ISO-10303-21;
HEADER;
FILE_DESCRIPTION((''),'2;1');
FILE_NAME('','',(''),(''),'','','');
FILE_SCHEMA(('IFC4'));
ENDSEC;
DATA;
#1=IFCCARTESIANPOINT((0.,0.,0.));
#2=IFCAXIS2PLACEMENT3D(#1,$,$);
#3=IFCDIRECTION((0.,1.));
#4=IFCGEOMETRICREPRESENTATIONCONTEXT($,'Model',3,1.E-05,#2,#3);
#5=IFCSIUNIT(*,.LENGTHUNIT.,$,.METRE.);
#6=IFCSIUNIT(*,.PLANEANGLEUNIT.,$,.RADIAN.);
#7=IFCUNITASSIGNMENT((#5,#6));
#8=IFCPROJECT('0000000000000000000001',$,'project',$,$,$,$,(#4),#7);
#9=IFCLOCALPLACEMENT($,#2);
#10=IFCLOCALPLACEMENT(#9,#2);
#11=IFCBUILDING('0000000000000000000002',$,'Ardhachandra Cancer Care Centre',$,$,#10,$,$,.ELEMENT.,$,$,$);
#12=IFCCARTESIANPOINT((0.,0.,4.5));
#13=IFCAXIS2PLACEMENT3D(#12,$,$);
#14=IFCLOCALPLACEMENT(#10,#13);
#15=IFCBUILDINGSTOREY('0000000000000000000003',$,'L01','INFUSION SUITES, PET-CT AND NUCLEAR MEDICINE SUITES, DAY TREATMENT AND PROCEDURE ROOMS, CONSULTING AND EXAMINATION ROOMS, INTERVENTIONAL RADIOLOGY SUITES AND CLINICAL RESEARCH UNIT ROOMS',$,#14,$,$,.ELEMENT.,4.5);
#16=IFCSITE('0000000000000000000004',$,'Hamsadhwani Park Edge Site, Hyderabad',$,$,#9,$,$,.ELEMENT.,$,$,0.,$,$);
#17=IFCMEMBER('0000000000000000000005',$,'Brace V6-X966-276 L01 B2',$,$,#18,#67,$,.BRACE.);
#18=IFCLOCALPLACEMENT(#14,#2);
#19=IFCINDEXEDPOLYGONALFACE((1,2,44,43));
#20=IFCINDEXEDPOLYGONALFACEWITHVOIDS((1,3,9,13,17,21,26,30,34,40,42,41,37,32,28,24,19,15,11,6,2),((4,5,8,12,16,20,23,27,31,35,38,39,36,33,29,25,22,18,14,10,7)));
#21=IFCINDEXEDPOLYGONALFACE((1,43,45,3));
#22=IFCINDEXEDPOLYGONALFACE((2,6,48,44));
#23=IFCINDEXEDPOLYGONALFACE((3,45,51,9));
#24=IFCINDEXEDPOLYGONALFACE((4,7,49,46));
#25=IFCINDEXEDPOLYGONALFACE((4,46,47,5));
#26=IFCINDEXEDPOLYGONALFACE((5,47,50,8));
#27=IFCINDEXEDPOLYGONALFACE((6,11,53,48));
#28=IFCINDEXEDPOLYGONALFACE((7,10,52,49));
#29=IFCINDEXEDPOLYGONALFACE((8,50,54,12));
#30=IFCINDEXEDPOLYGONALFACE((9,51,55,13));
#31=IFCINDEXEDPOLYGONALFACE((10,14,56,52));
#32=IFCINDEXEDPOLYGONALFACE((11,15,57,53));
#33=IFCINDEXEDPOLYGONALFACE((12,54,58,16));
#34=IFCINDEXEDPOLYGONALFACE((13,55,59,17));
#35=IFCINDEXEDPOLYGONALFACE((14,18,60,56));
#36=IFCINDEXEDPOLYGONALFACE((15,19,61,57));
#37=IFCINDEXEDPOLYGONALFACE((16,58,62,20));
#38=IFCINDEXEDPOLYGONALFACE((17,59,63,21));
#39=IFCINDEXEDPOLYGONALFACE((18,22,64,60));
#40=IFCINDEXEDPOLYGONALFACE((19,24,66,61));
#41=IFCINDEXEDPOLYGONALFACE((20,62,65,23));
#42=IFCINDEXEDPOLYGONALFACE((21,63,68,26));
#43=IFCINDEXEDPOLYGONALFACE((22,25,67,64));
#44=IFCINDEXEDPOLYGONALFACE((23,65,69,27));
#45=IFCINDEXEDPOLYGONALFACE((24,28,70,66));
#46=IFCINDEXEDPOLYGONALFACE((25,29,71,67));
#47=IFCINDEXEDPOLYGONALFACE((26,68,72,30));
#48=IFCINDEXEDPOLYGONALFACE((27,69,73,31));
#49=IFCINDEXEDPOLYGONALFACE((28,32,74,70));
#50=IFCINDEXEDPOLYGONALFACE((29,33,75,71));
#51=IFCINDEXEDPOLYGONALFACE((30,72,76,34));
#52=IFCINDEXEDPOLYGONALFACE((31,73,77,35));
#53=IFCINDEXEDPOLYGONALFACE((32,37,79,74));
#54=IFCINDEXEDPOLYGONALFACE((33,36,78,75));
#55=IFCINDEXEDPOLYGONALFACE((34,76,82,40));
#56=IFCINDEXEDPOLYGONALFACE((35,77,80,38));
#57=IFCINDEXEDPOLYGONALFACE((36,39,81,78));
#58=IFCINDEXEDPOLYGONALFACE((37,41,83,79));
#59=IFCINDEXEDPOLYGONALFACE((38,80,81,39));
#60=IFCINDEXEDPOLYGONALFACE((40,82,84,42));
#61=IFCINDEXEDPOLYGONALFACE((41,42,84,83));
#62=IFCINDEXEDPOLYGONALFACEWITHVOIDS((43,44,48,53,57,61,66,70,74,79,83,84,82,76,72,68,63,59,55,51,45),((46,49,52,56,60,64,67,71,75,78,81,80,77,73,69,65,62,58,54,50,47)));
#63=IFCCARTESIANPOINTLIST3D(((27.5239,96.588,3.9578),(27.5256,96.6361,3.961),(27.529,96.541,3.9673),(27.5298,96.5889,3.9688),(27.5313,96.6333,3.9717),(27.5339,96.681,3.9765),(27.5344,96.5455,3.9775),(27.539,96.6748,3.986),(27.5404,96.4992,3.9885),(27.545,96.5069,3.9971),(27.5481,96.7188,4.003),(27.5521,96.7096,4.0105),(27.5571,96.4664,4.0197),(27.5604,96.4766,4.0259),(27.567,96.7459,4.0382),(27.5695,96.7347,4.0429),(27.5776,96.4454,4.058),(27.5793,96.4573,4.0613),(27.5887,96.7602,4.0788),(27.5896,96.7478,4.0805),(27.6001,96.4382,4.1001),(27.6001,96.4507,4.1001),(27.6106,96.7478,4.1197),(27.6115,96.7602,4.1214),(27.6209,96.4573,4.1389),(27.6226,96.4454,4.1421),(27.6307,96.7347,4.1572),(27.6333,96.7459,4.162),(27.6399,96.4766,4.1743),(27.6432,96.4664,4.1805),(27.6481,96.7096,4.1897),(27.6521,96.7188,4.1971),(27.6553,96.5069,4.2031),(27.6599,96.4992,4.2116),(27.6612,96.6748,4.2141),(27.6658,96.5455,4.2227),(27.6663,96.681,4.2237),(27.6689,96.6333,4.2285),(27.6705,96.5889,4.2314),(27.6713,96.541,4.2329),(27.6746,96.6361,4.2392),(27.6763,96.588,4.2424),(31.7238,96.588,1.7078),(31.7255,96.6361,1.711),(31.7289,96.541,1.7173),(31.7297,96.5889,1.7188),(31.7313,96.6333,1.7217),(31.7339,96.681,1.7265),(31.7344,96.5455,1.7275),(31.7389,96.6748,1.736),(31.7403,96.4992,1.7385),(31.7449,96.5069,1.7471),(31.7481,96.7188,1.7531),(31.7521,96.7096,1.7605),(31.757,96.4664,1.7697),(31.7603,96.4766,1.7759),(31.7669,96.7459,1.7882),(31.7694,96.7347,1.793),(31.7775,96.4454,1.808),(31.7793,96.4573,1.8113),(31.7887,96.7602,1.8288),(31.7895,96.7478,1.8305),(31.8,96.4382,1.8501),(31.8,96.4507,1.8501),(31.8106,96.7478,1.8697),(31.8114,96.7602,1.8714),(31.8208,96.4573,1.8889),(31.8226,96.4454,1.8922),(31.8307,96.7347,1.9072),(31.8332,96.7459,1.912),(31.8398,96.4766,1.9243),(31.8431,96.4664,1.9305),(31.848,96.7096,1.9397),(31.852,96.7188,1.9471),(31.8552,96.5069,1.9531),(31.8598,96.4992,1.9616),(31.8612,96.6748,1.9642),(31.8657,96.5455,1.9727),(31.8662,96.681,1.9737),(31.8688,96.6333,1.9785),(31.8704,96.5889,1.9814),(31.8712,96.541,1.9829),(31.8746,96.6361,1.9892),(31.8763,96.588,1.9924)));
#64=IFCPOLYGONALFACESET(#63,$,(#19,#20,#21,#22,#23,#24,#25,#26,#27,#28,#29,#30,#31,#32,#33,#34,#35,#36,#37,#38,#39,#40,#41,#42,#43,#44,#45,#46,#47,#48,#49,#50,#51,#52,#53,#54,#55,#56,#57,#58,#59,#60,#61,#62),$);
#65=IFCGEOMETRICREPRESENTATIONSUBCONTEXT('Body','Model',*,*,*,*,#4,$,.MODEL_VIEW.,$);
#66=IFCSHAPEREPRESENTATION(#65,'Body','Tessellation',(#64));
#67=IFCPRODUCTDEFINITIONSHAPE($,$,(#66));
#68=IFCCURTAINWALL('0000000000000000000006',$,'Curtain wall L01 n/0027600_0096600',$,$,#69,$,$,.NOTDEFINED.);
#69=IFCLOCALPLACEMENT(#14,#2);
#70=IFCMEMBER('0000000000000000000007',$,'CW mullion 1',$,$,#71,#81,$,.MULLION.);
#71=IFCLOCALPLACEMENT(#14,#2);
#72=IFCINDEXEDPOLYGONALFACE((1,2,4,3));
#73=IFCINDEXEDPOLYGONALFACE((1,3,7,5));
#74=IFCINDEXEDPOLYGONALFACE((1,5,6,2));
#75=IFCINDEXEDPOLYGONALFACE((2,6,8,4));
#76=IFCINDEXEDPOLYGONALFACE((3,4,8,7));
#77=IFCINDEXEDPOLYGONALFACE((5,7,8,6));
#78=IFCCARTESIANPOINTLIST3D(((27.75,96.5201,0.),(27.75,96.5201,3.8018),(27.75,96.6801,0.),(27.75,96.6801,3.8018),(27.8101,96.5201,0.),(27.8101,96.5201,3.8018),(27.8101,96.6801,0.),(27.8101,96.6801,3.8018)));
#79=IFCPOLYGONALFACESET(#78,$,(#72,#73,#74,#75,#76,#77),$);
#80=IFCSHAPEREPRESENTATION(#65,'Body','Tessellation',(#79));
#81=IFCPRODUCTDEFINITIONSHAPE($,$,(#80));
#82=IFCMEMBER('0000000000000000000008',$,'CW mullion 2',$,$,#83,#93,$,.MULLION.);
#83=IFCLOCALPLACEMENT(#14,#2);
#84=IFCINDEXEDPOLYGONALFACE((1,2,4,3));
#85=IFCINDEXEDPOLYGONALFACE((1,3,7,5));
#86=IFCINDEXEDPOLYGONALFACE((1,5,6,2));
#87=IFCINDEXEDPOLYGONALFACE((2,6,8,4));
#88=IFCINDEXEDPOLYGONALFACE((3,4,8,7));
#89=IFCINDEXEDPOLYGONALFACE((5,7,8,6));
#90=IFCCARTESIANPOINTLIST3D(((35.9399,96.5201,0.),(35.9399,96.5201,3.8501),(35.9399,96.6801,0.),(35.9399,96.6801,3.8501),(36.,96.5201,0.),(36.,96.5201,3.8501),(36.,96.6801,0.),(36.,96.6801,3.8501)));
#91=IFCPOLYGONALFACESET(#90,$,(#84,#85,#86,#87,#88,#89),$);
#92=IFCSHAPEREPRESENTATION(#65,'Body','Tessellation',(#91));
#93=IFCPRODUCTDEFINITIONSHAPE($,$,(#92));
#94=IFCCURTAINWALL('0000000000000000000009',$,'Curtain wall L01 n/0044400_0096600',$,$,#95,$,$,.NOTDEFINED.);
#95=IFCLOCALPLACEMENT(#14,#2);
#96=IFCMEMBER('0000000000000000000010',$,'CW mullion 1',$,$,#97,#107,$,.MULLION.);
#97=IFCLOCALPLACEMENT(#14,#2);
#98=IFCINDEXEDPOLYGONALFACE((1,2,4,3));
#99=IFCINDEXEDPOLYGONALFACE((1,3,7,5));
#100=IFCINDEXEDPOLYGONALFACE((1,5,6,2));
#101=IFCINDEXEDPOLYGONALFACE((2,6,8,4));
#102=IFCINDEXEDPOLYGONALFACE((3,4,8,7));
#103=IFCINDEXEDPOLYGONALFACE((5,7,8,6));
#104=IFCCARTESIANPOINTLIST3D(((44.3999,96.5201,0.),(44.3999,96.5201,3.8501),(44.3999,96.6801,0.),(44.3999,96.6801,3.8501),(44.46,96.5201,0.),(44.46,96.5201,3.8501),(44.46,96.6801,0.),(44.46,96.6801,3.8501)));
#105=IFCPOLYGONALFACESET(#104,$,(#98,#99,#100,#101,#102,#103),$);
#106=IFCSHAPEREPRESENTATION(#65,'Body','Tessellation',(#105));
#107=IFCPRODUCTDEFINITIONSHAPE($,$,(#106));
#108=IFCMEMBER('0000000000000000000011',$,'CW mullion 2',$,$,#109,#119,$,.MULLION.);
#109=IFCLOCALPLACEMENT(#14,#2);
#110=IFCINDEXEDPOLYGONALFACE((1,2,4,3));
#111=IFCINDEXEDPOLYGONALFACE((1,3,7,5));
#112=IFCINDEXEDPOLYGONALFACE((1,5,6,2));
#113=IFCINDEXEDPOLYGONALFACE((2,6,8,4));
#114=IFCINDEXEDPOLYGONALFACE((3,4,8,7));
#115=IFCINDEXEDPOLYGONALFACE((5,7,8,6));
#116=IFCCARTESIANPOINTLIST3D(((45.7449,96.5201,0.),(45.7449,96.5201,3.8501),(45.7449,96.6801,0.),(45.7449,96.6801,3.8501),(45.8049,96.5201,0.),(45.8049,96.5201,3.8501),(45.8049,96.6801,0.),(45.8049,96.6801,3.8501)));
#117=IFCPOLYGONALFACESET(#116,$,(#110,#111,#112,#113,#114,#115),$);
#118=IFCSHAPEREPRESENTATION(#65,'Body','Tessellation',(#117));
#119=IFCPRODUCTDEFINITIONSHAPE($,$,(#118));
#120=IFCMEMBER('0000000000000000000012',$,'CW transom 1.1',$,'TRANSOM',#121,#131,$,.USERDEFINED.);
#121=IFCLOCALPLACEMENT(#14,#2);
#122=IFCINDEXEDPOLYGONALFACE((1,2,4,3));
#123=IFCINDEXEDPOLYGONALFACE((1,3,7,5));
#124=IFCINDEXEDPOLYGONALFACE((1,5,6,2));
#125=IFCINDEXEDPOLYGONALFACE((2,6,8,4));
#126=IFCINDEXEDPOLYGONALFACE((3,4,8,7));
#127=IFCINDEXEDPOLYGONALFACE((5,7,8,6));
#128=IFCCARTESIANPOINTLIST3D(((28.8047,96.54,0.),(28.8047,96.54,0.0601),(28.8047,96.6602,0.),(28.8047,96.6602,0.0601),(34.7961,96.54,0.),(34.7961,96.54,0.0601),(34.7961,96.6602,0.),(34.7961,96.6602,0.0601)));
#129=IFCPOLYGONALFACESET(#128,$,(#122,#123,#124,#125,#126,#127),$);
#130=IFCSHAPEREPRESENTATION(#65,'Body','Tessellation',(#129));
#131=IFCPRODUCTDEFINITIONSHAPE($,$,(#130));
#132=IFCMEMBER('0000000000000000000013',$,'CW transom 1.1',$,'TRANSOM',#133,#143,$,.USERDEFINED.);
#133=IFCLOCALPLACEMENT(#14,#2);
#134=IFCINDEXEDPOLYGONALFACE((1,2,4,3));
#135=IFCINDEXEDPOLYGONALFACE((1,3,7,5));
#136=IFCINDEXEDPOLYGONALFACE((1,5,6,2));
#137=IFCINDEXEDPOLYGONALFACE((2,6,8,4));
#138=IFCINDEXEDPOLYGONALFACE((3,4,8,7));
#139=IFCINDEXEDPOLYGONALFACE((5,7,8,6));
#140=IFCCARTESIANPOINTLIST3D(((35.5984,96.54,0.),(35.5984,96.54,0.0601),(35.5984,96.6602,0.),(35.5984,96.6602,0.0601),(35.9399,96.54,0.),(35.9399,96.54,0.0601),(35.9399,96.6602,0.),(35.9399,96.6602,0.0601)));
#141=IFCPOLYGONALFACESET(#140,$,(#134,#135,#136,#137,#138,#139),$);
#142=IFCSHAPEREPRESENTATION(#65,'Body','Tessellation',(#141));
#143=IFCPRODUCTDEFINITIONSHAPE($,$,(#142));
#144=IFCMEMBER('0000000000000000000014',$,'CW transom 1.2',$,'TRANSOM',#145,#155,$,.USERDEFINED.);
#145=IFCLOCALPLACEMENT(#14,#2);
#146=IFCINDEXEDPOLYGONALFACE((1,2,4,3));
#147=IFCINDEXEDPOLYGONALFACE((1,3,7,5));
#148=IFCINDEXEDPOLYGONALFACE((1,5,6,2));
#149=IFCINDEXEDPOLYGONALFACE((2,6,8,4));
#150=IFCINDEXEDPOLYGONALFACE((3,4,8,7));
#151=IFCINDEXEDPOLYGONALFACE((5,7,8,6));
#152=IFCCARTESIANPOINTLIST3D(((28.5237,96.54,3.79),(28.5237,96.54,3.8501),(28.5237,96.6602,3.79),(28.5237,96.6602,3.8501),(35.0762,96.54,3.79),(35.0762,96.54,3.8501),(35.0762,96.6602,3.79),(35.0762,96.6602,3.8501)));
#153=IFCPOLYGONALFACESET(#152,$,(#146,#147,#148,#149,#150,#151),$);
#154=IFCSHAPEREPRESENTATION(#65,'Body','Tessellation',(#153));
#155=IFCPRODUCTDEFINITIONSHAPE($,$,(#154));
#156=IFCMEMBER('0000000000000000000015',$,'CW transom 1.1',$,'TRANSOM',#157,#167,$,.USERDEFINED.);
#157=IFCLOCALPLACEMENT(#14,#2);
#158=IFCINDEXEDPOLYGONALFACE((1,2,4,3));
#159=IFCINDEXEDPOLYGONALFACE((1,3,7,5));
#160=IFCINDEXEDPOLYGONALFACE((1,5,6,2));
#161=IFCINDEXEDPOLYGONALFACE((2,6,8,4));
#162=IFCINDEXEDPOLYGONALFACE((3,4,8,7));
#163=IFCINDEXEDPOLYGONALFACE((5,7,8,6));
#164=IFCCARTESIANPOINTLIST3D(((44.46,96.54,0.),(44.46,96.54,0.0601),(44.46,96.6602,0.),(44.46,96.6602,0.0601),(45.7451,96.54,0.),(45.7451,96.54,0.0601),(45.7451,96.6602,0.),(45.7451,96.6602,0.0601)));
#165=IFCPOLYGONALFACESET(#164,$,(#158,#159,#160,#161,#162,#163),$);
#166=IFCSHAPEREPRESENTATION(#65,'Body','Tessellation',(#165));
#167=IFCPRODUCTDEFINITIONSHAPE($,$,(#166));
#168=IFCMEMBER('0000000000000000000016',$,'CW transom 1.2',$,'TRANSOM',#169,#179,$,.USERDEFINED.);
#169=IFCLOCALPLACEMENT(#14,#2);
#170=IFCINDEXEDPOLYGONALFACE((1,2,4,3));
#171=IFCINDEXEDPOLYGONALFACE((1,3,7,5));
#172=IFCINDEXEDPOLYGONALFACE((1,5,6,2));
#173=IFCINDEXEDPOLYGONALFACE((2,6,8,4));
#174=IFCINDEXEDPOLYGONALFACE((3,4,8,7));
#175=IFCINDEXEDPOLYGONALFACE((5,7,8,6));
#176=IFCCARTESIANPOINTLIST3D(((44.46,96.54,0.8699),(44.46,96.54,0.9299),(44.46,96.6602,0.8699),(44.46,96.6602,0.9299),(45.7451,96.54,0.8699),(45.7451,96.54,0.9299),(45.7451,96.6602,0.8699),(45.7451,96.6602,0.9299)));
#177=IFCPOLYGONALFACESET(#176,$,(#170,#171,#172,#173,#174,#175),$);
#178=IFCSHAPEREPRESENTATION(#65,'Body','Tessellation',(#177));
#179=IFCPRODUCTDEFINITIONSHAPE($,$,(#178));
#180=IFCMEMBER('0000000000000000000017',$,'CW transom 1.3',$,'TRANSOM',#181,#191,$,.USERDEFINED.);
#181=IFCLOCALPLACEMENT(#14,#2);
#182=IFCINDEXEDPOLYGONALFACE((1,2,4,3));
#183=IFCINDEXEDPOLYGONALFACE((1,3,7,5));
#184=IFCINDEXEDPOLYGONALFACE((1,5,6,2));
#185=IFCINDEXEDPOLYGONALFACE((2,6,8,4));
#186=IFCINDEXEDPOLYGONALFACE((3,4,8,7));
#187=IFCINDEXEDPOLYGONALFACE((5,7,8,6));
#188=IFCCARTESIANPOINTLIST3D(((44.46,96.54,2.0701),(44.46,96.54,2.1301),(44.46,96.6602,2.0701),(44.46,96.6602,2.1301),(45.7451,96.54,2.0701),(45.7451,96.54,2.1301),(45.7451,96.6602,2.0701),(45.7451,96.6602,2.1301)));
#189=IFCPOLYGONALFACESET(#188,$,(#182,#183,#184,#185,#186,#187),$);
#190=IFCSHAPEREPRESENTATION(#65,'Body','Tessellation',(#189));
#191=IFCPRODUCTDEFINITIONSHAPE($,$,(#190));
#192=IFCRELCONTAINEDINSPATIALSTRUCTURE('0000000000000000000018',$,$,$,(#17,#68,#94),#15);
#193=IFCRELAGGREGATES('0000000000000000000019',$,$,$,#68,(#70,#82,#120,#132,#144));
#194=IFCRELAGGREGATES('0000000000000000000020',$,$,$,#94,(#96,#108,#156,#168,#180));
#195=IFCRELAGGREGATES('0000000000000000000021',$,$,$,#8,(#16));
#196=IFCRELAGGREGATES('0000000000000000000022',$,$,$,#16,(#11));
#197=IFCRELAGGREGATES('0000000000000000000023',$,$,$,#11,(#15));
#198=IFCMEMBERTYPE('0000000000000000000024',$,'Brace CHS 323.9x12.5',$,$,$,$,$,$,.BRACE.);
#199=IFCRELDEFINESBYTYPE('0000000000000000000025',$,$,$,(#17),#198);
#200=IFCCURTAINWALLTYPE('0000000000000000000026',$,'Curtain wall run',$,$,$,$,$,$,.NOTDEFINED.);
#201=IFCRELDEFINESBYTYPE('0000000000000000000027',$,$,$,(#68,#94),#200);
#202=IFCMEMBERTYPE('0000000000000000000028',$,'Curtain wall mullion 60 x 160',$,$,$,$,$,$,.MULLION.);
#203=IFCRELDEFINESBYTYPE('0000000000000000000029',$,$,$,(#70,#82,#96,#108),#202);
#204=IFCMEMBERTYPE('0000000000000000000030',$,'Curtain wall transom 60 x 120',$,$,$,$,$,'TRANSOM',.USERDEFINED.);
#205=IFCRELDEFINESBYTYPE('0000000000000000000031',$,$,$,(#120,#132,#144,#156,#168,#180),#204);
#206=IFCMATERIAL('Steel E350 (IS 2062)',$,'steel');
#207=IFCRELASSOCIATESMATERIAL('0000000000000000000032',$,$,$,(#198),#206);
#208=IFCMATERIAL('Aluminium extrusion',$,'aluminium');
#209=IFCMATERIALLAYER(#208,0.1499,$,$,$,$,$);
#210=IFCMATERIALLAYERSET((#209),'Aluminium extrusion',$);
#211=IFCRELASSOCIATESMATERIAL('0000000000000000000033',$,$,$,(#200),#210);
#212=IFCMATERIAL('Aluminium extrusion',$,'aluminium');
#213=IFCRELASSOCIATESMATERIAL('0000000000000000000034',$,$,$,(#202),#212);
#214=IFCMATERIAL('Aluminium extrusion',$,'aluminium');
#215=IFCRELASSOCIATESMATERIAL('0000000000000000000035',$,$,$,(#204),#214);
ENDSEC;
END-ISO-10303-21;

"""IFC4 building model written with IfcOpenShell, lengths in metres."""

from ifc_helpers import new_model, si_unit, direction, frame, origin, origin_2d, place, context, subcontext, project, spatial, rectangle, hollow_circle, extrude, material, layer, layer_set, material_profile, profile_set, type_object, element, aggregate, save


model = new_model("IFC4")

# Units and contexts
model_context = context("Model", 3, precision=1e-05, world=origin(), true_north=direction((0.0, 1.0)))
body_context = subcontext(model_context, "Body", "Model", "MODEL_VIEW")
ifc_project = project(units=[si_unit("LENGTHUNIT", "METRE"), si_unit("PLANEANGLEUNIT", "RADIAN")], contexts=[model_context])

# Site, building, storey
site_placement = place(None, origin())
site = spatial("IfcSite", under=ifc_project, at=site_placement, Name="Hamsadhwani Park Edge Site, Hyderabad", CompositionType="ELEMENT", RefElevation=0.0)
building_placement = place(site_placement, origin())
building = spatial("IfcBuilding", under=site, at=building_placement, Name="Ardhachandra Cancer Care Centre", CompositionType="ELEMENT")
storey_placement = place(building_placement, frame((0.0, 0.0, 4.5)))
storey = spatial("IfcBuildingStorey", under=building, at=storey_placement, Name="L01", Description="INFUSION SUITES, PET-CT AND NUCLEAR MEDICINE SUITES, DAY TREATMENT AND PROCEDURE ROOMS, CONSULTING AND EXAMINATION ROOMS, INTERVENTIONAL RADIOLOGY SUITES AND CLINICAL RESEARCH UNIT ROOMS", CompositionType="ELEMENT", Elevation=4.5)

# Member
ifc_material_1 = material(Name="Steel E350 (IS 2062)", Category="steel")
ifc_material_profile_1 = material_profile(ifc_material_1, hollow_circle(Radius=0.1619, WallThickness=0.0125, at=origin_2d()), Name="CHS 323.9x12.5")
ifc_profile_set_1 = profile_set([ifc_material_profile_1], Name="Steel E350 (IS 2062)")
member_type_1 = type_object("IfcMemberType", Name="Brace CHS 323.9x12.5", PredefinedType="BRACE", material=ifc_profile_set_1)
for number, where, z_axis, x_axis, name in (
    (1, (31.8, 96.6001, 1.8501), (-0.881478, 0.0, 0.472226), (0.0, -1.0, 0.0), "Brace V6-X966-276 L01 B2"),
):
    element("IfcMember", number, at=place(storey_placement, frame(where, z_axis=z_axis, x_axis=x_axis)), inside=storey, type_object=member_type_1, Name=name, PredefinedType="BRACE", context=body_context, shape_type="SweptSolid", body=[
        extrude(hollow_circle(Radius=0.1619, WallThickness=0.0125, at=origin_2d()), origin(), (0.0, 0.0, 1.0), 4.7646),
    ])

# Curtain walls, members
ifc_material_2 = material(Name="Aluminium extrusion", Category="aluminium")
ifc_layer_1 = layer(ifc_material_2, 0.1499)
ifc_layer_set_1 = layer_set([ifc_layer_1], Name="Aluminium extrusion")
curtain_wall_type = type_object("IfcCurtainWallType", Name="Curtain wall run", PredefinedType="NOTDEFINED", material=ifc_layer_set_1)
curtain_wall_1_placement = place(storey_placement, origin())
curtain_wall_1 = element("IfcCurtainWall", 2, at=curtain_wall_1_placement, inside=storey, type_object=curtain_wall_type, Name="Curtain wall L01 n/0027600_0096600", PredefinedType="NOTDEFINED")
ifc_material_3 = material(Name="Aluminium extrusion", Category="aluminium")
ifc_material_profile_2 = material_profile(ifc_material_3, rectangle(XDim=0.1599, YDim=0.0601, at=origin_2d()), Name="Curtain wall mullion 60 x 160")
ifc_profile_set_2 = profile_set([ifc_material_profile_2], Name="Aluminium extrusion")
member_type_2 = type_object("IfcMemberType", Name="Curtain wall mullion 60 x 160", PredefinedType="MULLION", material=ifc_profile_set_2)
member_1_placement = place(storey_placement, frame((27.78, 96.6001, 0.0), z_axis=(0.0, 0.0, 1.0), x_axis=(0.0, 1.0, 0.0)))
member_1 = element("IfcMember", 3, at=member_1_placement, type_object=member_type_2, Name="CW mullion 1", PredefinedType="MULLION", context=body_context, shape_type="SweptSolid", body=[
    extrude(rectangle(XDim=0.1599, YDim=0.0601, at=origin_2d()), origin(), (0.0, 0.0, 1.0), 3.8018),
])
member_2_placement = place(storey_placement, frame((35.97, 96.6001, 0.0), z_axis=(0.0, 0.0, 1.0), x_axis=(0.0, 1.0, 0.0)))
member_2 = element("IfcMember", 4, at=member_2_placement, type_object=member_type_2, Name="CW mullion 2", PredefinedType="MULLION", context=body_context, shape_type="SweptSolid", body=[
    extrude(rectangle(XDim=0.1599, YDim=0.0601, at=origin_2d()), origin(), (0.0, 0.0, 1.0), 3.8501),
])
curtain_wall_2_placement = place(storey_placement, origin())
curtain_wall_2 = element("IfcCurtainWall", 5, at=curtain_wall_2_placement, inside=storey, type_object=curtain_wall_type, Name="Curtain wall L01 n/0044400_0096600", PredefinedType="NOTDEFINED")
member_3_placement = place(storey_placement, frame((44.4299, 96.6001, 0.0), z_axis=(0.0, 0.0, 1.0), x_axis=(0.0, 1.0, 0.0)))
member_3 = element("IfcMember", 6, at=member_3_placement, type_object=member_type_2, Name="CW mullion 1", PredefinedType="MULLION", context=body_context, shape_type="SweptSolid", body=[
    extrude(rectangle(XDim=0.1599, YDim=0.0601, at=origin_2d()), origin(), (0.0, 0.0, 1.0), 3.8501),
])
member_4_placement = place(storey_placement, frame((45.7749, 96.6001, 0.0), z_axis=(0.0, 0.0, 1.0), x_axis=(0.0, 1.0, 0.0)))
member_4 = element("IfcMember", 7, at=member_4_placement, type_object=member_type_2, Name="CW mullion 2", PredefinedType="MULLION", context=body_context, shape_type="SweptSolid", body=[
    extrude(rectangle(XDim=0.1599, YDim=0.0601, at=origin_2d()), origin(), (0.0, 0.0, 1.0), 3.8501),
])

# Members
ifc_material_4 = material(Name="Aluminium extrusion", Category="aluminium")
ifc_material_profile_3 = material_profile(ifc_material_4, rectangle(XDim=0.1201, YDim=0.0601, at=origin_2d()), Name="Curtain wall transom 60 x 120")
ifc_profile_set_3 = profile_set([ifc_material_profile_3], Name="Aluminium extrusion")
member_type_3 = type_object("IfcMemberType", Name="Curtain wall transom 60 x 120", ElementType="TRANSOM", PredefinedType="USERDEFINED", material=ifc_profile_set_3)
member_5_placement = place(storey_placement, frame((28.8047, 96.6001, 0.03), z_axis=(1.0, 0.0, 0.0), x_axis=(0.0, 1.0, 0.0)))
member_5 = element("IfcMember", 8, at=member_5_placement, type_object=member_type_3, Name="CW transom 1.1", ObjectType="TRANSOM", PredefinedType="USERDEFINED", context=body_context, shape_type="SweptSolid", body=[
    extrude(rectangle(XDim=0.1201, YDim=0.0601, at=origin_2d()), origin(), (0.0, 0.0, 1.0), 5.9915),
])
member_6_placement = place(storey_placement, frame((35.5984, 96.6001, 0.03), z_axis=(1.0, 0.0, 0.0), x_axis=(0.0, 1.0, 0.0)))
member_6 = element("IfcMember", 9, at=member_6_placement, type_object=member_type_3, Name="CW transom 1.1", ObjectType="TRANSOM", PredefinedType="USERDEFINED", context=body_context, shape_type="SweptSolid", body=[
    extrude(rectangle(XDim=0.1201, YDim=0.0601, at=origin_2d()), origin(), (0.0, 0.0, 1.0), 0.3416),
])
member_7_placement = place(storey_placement, frame((28.5237, 96.6001, 3.8201), z_axis=(1.0, 0.0, 0.0), x_axis=(0.0, 1.0, 0.0)))
member_7 = element("IfcMember", 10, at=member_7_placement, type_object=member_type_3, Name="CW transom 1.2", ObjectType="TRANSOM", PredefinedType="USERDEFINED", context=body_context, shape_type="SweptSolid", body=[
    extrude(rectangle(XDim=0.1201, YDim=0.0601, at=origin_2d()), origin(), (0.0, 0.0, 1.0), 6.5525),
])
member_8_placement = place(storey_placement, frame((44.46, 96.6001, 0.03), z_axis=(1.0, 0.0, 0.0), x_axis=(0.0, 1.0, 0.0)))
member_8 = element("IfcMember", 11, at=member_8_placement, type_object=member_type_3, Name="CW transom 1.1", ObjectType="TRANSOM", PredefinedType="USERDEFINED", context=body_context, shape_type="SweptSolid", body=[
    extrude(rectangle(XDim=0.1201, YDim=0.0601, at=origin_2d()), origin(), (0.0, 0.0, 1.0), 1.2852),
])
member_9_placement = place(storey_placement, frame((44.46, 96.6001, 0.8999), z_axis=(1.0, 0.0, 0.0), x_axis=(0.0, 1.0, 0.0)))
member_9 = element("IfcMember", 12, at=member_9_placement, type_object=member_type_3, Name="CW transom 1.2", ObjectType="TRANSOM", PredefinedType="USERDEFINED", context=body_context, shape_type="SweptSolid", body=[
    extrude(rectangle(XDim=0.1201, YDim=0.0601, at=origin_2d()), origin(), (0.0, 0.0, 1.0), 1.2852),
])
member_10_placement = place(storey_placement, frame((44.46, 96.6001, 2.1001), z_axis=(1.0, 0.0, 0.0), x_axis=(0.0, 1.0, 0.0)))
member_10 = element("IfcMember", 13, at=member_10_placement, type_object=member_type_3, Name="CW transom 1.3", ObjectType="TRANSOM", PredefinedType="USERDEFINED", context=body_context, shape_type="SweptSolid", body=[
    extrude(rectangle(XDim=0.1201, YDim=0.0601, at=origin_2d()), origin(), (0.0, 0.0, 1.0), 1.2852),
])

aggregate(curtain_wall_1, [member_1, member_2, member_5, member_6, member_7])
aggregate(curtain_wall_2, [member_3, member_4, member_8, member_9, member_10])

save(model, "model.ifc")
